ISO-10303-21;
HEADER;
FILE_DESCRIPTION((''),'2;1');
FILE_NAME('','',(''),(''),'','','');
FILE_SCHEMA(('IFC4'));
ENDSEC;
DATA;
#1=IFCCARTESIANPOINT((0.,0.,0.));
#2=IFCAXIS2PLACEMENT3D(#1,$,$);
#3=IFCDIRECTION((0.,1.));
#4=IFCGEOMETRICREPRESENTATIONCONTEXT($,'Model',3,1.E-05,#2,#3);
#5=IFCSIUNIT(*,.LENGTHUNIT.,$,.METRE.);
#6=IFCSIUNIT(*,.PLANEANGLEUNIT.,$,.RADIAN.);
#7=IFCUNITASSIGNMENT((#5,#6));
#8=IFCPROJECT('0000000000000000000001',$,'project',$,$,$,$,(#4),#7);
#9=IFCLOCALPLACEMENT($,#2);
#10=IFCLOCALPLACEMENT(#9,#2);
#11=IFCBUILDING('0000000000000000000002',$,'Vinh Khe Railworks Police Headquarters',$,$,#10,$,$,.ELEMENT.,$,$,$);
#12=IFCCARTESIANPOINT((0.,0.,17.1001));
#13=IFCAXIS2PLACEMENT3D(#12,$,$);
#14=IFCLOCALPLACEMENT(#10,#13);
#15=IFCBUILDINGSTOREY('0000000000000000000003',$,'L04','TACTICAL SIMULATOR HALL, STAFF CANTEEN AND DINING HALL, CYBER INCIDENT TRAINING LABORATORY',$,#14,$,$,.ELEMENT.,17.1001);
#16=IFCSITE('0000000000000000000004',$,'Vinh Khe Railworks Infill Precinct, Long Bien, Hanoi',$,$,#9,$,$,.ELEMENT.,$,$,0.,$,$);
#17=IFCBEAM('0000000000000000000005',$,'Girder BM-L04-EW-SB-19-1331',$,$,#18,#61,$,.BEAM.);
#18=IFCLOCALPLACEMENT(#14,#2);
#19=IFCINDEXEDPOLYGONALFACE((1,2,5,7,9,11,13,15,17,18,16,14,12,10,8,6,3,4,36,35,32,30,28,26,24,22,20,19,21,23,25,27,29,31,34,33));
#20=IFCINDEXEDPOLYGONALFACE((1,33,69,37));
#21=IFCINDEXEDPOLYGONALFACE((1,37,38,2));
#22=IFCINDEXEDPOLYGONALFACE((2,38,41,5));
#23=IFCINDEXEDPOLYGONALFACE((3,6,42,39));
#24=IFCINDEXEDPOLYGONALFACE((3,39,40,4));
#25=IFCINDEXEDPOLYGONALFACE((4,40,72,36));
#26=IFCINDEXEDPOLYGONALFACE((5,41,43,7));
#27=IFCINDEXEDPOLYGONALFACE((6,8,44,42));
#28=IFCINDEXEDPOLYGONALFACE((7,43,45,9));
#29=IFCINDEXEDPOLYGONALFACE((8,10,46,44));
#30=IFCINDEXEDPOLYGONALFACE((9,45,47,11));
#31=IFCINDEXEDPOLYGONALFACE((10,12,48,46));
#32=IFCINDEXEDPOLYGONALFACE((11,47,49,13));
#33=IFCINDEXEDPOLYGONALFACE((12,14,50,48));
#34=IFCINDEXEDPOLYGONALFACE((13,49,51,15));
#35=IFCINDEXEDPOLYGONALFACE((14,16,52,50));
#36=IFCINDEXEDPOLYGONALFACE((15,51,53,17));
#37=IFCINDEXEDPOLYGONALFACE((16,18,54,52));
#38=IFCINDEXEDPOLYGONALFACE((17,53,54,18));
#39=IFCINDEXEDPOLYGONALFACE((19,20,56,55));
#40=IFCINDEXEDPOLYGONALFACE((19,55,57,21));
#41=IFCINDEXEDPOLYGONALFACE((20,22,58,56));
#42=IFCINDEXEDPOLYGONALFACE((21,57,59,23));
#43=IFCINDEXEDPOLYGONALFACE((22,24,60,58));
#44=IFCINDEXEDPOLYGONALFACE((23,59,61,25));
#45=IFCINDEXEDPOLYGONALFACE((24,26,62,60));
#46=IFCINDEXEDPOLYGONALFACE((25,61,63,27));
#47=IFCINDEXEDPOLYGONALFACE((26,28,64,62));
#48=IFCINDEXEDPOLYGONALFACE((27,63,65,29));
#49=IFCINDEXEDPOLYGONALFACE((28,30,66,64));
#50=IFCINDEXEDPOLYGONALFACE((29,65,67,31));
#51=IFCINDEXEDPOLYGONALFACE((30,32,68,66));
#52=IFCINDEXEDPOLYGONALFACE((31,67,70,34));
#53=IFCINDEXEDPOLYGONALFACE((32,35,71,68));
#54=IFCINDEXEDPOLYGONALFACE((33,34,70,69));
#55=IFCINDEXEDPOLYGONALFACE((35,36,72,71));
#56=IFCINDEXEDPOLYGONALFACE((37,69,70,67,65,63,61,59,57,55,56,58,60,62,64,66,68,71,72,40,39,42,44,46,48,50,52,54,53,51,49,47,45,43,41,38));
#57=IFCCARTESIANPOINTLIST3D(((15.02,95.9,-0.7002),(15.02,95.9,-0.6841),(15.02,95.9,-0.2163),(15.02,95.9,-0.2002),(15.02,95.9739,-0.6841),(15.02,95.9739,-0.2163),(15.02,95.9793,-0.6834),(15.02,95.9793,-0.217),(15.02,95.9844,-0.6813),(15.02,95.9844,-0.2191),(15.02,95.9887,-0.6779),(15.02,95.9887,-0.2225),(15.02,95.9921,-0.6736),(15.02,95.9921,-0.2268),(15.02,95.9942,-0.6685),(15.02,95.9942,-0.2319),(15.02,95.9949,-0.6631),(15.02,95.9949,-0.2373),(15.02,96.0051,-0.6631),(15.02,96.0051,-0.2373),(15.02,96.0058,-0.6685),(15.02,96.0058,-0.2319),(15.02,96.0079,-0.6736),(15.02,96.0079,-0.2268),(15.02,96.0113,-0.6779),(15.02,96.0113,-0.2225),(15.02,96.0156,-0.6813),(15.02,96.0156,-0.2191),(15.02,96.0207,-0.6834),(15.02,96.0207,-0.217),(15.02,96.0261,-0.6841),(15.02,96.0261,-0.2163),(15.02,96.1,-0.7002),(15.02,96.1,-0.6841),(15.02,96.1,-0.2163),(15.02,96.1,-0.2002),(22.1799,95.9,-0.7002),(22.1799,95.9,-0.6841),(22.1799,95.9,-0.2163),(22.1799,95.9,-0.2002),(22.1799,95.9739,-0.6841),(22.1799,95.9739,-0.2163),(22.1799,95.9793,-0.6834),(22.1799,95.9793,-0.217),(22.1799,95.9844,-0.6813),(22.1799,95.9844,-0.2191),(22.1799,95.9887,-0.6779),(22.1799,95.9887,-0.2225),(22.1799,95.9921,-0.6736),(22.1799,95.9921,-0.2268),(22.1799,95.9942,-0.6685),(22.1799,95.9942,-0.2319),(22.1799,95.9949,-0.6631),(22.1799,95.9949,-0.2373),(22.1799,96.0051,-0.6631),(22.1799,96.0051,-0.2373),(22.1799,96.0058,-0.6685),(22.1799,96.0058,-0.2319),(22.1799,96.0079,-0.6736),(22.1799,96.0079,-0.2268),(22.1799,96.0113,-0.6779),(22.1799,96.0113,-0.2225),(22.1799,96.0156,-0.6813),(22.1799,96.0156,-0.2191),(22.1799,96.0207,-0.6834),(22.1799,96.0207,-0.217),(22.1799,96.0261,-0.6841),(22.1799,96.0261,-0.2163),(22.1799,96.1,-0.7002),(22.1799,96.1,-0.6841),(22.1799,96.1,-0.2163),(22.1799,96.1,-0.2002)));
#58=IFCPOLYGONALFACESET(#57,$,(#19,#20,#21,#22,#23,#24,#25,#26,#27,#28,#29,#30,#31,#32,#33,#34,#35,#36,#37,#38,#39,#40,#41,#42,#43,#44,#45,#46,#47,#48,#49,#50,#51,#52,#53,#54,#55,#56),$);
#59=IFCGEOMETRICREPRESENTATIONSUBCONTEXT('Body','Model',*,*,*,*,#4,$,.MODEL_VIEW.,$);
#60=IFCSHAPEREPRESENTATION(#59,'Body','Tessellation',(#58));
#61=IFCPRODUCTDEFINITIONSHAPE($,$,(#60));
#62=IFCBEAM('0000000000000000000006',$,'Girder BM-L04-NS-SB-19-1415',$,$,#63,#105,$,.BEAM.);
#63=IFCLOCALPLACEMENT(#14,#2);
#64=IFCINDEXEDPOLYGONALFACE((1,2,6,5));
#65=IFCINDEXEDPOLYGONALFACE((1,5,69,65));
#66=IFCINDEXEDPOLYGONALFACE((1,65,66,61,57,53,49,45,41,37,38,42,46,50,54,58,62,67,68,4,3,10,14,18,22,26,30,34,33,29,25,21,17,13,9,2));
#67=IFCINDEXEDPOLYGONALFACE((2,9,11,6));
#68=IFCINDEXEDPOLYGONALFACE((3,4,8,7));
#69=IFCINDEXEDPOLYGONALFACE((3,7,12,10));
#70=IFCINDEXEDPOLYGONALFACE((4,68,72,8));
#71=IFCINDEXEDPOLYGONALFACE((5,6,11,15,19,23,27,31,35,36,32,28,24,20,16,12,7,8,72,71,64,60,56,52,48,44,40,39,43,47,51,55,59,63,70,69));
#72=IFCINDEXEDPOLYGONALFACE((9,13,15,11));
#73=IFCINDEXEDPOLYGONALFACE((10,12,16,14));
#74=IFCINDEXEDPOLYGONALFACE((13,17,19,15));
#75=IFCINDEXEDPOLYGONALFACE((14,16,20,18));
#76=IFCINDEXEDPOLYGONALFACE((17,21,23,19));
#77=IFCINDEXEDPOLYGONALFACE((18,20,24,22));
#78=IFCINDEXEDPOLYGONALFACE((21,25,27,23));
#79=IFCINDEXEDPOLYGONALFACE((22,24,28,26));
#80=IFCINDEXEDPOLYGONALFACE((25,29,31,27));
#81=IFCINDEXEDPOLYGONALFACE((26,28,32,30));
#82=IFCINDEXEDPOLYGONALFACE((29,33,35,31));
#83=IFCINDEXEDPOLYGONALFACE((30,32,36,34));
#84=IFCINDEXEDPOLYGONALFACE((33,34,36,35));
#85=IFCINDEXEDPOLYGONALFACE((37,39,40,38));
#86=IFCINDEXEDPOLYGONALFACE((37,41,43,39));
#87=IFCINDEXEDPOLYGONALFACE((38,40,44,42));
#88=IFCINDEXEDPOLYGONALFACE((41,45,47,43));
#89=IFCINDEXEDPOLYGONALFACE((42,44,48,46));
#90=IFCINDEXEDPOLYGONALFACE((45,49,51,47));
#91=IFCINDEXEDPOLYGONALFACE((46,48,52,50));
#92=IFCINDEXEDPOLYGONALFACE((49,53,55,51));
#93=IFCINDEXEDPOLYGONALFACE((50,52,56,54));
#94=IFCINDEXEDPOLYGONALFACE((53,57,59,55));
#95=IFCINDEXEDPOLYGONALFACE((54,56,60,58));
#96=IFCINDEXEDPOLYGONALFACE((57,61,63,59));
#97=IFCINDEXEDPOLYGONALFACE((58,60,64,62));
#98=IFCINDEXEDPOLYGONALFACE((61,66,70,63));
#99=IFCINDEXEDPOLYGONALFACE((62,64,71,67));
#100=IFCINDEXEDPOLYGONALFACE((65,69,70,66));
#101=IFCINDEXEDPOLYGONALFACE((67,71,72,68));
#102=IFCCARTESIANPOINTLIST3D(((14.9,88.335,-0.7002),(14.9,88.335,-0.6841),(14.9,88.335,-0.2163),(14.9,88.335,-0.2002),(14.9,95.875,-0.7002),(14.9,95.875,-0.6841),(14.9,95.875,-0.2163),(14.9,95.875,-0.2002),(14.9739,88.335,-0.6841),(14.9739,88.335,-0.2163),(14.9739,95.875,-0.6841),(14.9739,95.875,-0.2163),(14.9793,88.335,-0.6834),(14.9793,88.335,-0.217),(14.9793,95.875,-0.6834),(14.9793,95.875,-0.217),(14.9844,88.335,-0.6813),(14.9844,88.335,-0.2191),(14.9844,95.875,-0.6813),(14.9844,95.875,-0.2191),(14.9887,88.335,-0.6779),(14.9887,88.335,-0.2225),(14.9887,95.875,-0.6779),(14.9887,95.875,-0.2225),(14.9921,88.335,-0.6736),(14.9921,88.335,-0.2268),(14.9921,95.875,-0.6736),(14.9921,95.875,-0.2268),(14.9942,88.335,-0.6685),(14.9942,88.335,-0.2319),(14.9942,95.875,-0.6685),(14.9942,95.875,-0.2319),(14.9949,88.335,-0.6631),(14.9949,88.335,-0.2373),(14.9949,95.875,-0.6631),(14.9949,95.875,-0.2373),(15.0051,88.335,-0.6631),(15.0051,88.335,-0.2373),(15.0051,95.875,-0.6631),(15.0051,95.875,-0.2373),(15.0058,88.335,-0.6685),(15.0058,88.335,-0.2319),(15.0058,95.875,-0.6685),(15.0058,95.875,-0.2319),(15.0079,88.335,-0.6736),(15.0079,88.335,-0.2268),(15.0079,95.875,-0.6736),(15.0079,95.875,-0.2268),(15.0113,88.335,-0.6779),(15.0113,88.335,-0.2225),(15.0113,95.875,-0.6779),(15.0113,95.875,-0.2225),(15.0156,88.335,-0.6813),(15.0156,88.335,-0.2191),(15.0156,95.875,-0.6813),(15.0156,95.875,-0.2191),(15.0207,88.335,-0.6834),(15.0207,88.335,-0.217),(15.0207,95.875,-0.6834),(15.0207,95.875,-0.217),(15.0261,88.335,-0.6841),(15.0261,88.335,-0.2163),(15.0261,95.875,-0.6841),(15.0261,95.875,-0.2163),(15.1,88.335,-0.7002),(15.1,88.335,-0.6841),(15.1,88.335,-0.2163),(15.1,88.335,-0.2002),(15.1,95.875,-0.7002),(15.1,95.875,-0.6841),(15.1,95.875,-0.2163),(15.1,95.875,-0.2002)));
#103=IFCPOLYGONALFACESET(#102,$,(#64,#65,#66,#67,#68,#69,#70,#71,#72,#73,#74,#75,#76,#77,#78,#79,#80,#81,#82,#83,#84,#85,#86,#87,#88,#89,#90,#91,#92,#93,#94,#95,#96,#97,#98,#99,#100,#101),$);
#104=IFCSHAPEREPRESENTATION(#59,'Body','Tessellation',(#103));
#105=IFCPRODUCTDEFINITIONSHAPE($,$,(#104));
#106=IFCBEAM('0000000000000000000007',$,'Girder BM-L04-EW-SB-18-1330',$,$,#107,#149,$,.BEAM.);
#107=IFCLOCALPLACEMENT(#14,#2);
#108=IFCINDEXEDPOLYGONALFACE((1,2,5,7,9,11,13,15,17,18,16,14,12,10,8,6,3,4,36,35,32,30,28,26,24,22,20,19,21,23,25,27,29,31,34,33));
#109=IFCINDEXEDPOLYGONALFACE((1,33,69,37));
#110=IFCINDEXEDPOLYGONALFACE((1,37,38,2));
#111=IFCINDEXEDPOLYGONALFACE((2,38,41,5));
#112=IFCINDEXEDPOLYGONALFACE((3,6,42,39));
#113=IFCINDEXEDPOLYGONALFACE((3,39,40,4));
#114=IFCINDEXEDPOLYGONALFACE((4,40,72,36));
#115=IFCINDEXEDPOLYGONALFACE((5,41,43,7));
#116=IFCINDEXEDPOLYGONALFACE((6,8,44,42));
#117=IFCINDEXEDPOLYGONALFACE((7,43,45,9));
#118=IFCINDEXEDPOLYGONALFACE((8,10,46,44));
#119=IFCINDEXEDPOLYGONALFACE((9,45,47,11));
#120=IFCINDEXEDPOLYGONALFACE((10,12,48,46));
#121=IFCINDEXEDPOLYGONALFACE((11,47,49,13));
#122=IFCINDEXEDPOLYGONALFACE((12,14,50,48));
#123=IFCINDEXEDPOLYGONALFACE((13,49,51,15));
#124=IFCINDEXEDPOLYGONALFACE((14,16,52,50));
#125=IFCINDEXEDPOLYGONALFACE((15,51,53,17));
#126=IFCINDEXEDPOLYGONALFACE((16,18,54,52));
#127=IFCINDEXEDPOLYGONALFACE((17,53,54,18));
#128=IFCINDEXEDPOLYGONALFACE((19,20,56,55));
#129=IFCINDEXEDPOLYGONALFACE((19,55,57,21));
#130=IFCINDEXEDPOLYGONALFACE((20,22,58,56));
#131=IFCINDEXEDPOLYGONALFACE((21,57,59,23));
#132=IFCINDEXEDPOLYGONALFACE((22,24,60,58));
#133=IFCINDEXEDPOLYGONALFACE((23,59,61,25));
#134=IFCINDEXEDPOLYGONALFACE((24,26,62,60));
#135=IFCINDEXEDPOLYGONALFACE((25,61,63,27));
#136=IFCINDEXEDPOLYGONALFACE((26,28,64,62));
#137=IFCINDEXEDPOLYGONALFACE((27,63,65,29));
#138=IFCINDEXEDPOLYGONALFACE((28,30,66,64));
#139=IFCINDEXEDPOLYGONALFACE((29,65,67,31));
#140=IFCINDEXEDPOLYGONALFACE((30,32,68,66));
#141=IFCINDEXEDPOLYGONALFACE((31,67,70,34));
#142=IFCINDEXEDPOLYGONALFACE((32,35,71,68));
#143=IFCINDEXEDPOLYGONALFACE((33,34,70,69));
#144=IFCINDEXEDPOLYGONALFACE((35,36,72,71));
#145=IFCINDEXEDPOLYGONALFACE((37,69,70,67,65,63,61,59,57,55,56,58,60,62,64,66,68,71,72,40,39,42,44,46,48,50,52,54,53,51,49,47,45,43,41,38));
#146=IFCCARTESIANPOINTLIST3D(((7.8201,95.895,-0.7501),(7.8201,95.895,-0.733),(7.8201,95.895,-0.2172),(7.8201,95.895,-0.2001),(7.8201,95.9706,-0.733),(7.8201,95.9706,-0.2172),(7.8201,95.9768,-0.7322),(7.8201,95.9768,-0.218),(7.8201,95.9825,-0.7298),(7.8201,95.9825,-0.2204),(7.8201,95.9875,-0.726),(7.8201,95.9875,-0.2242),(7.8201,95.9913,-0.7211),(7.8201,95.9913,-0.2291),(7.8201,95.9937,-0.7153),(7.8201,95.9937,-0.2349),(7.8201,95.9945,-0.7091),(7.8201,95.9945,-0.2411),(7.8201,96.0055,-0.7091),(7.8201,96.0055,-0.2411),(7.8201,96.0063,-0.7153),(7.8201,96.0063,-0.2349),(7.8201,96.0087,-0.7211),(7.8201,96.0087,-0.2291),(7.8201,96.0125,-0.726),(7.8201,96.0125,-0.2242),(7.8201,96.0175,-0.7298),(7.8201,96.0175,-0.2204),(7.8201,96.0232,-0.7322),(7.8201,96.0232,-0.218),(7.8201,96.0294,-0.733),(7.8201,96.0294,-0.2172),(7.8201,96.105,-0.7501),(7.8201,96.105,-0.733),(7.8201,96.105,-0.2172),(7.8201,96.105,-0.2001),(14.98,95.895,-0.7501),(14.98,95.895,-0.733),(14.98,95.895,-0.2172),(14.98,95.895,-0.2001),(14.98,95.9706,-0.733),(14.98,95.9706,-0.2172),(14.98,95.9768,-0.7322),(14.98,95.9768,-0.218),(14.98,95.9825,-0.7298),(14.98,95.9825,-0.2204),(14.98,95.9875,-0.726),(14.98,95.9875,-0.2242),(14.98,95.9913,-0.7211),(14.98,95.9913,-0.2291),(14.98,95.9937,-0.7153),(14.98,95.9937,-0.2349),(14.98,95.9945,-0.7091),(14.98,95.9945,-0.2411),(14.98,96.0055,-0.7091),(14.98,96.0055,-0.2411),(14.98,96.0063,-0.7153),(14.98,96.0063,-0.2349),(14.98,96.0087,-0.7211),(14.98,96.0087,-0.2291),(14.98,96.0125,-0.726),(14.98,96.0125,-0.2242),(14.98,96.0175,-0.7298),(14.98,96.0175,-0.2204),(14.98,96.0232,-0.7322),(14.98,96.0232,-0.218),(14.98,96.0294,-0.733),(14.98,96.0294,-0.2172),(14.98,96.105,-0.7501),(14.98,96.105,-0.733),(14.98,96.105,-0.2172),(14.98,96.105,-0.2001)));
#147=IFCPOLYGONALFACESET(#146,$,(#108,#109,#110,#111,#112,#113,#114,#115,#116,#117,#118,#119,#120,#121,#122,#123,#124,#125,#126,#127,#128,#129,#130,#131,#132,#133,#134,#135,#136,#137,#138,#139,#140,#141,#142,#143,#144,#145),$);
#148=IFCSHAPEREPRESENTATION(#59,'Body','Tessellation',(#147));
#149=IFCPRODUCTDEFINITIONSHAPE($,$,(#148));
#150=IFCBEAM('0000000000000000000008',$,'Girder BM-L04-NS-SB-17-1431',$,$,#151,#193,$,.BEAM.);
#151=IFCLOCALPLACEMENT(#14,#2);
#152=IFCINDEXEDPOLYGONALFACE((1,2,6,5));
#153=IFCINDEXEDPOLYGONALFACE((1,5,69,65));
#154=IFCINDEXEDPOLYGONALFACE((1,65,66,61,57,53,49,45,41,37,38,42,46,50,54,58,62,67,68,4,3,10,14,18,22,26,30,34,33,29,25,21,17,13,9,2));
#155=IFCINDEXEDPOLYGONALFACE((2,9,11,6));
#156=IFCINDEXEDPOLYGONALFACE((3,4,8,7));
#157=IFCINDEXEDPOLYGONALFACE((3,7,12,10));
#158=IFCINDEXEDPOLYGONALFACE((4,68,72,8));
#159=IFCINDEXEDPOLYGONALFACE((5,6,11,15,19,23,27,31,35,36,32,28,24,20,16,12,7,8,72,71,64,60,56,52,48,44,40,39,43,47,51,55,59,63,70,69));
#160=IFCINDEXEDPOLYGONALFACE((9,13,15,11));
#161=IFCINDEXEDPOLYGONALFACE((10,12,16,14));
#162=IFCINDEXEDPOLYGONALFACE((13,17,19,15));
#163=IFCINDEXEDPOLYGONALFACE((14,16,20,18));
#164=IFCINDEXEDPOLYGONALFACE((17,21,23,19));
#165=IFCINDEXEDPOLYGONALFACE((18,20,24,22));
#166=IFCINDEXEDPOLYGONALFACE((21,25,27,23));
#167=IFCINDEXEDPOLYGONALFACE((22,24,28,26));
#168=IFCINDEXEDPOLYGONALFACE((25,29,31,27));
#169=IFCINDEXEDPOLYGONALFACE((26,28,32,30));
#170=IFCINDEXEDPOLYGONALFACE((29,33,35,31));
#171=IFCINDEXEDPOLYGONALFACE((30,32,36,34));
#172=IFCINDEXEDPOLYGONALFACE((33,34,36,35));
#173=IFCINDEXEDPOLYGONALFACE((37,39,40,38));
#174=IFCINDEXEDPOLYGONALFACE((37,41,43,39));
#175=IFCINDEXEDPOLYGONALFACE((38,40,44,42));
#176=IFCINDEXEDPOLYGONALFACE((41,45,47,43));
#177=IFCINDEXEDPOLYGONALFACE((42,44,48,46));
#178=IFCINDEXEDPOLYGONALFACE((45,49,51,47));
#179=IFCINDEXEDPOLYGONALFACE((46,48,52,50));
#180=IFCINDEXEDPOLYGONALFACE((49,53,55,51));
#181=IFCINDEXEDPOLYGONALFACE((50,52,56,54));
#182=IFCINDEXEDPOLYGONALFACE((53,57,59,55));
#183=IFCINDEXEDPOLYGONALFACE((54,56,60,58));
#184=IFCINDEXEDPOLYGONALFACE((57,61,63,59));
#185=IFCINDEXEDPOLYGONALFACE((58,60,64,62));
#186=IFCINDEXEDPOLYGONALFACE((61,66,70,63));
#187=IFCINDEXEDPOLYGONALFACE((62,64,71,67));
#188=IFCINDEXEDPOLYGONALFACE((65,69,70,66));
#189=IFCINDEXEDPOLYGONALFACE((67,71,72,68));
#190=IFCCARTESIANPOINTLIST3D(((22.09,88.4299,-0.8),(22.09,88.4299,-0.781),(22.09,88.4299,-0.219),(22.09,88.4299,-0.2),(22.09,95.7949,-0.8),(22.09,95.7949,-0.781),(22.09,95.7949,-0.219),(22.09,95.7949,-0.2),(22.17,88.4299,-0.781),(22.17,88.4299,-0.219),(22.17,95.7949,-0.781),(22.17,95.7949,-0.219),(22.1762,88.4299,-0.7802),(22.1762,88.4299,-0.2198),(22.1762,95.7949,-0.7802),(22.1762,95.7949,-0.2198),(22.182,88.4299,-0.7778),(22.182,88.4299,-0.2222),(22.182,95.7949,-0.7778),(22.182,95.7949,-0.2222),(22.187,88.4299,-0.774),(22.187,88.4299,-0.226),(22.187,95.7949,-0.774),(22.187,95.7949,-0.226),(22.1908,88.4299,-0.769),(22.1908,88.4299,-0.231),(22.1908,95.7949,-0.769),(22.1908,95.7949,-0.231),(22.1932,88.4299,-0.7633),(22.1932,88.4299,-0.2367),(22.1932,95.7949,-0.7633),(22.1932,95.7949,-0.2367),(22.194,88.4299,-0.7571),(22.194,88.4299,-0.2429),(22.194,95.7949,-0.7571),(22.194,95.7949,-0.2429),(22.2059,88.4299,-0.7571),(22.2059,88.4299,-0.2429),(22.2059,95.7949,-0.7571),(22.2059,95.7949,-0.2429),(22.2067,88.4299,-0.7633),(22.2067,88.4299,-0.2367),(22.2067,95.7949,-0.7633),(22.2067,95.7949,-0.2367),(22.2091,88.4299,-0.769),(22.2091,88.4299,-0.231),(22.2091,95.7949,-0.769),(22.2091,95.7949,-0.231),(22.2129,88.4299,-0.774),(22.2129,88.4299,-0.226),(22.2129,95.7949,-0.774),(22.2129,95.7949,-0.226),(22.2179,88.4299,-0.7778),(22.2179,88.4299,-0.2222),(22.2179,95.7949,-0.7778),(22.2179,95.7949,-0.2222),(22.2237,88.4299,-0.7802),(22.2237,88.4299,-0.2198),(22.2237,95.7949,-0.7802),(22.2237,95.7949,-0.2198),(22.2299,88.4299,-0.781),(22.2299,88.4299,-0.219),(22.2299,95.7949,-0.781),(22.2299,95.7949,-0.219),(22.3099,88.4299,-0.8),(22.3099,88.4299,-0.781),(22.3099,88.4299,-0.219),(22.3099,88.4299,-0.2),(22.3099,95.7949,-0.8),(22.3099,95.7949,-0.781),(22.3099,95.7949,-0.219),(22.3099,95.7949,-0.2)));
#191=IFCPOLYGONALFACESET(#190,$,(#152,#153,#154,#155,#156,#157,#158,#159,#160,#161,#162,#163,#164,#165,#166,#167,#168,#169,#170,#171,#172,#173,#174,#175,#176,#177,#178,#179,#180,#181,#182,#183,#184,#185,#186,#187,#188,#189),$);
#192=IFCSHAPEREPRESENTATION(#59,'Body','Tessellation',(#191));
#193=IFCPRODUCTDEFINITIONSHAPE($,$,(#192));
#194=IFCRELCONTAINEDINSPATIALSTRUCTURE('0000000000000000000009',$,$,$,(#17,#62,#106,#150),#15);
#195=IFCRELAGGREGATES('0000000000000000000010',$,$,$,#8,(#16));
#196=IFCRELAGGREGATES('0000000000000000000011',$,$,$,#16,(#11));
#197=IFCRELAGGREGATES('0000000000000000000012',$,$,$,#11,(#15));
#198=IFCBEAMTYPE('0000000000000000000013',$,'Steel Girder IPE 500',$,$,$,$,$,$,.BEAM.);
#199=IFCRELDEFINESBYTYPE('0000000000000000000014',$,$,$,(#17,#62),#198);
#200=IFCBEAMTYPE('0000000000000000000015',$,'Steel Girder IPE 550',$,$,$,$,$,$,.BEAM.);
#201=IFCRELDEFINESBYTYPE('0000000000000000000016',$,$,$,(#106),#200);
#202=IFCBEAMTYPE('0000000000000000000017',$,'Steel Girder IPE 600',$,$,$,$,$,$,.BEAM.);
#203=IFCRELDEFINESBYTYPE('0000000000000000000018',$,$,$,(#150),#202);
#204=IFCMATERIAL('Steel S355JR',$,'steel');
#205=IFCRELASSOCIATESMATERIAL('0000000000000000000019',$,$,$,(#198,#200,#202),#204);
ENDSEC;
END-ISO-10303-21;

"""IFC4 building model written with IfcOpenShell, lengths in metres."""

from ifc_helpers import new_model, si_unit, direction, frame, origin, origin_2d, place, context, subcontext, project, spatial, i_section, extrude, material, material_profile, profile_set, type_object, element, save


model = new_model("IFC4")

# Units and contexts
model_context = context("Model", 3, precision=1e-05, world=origin(), true_north=direction((0.0, 1.0)))
body_context = subcontext(model_context, "Body", "Model", "MODEL_VIEW")
ifc_project = project(units=[si_unit("LENGTHUNIT", "METRE"), si_unit("PLANEANGLEUNIT", "RADIAN")], contexts=[model_context])

# Site, building, storey
site_placement = place(None, origin())
site = spatial("IfcSite", under=ifc_project, at=site_placement, Name="Vinh Khe Railworks Infill Precinct, Long Bien, Hanoi", CompositionType="ELEMENT", RefElevation=0.0)
building_placement = place(site_placement, origin())
building = spatial("IfcBuilding", under=site, at=building_placement, Name="Vinh Khe Railworks Police Headquarters", CompositionType="ELEMENT")
storey_placement = place(building_placement, frame((0.0, 0.0, 17.1001)))
storey = spatial("IfcBuildingStorey", under=building, at=storey_placement, Name="L04", Description="TACTICAL SIMULATOR HALL, STAFF CANTEEN AND DINING HALL, CYBER INCIDENT TRAINING LABORATORY", CompositionType="ELEMENT", Elevation=17.1001)

# Shared definitions
ifc_material_1 = material(Name="Steel S355JR", Category="steel")

# Beams
ifc_material_profile_1 = material_profile(ifc_material_1, i_section(OverallWidth=0.2, OverallDepth=0.5, WebThickness=0.0103, FlangeThickness=0.0161, FilletRadius=0.021, at=origin_2d()), Name="IPE 500")
ifc_profile_set_1 = profile_set([ifc_material_profile_1], Name="Steel S355JR")
beam_type_1 = type_object("IfcBeamType", Name="Steel Girder IPE 500", PredefinedType="BEAM", material=ifc_profile_set_1)
beam_1_placement = place(storey_placement, frame((15.02, 96.0, -0.4502), z_axis=(1.0, 0.0, 0.0), x_axis=(0.0, 1.0, 0.0)))
element("IfcBeam", 1, at=beam_1_placement, inside=storey, type_object=beam_type_1, Name="Girder BM-L04-EW-SB-19-1331", PredefinedType="BEAM", context=body_context, shape_type="SweptSolid", body=[
    extrude(i_section(OverallWidth=0.2, OverallDepth=0.5, WebThickness=0.0103, FlangeThickness=0.0161, FilletRadius=0.021, at=origin_2d()), origin(), (0.0, 0.0, 1.0), 7.1599),
])
beam_2_placement = place(storey_placement, frame((15.0, 88.335, -0.4502), z_axis=(0.0, 1.0, 0.0), x_axis=(-1.0, 0.0, 0.0)))
element("IfcBeam", 2, at=beam_2_placement, inside=storey, type_object=beam_type_1, Name="Girder BM-L04-NS-SB-19-1415", PredefinedType="BEAM", context=body_context, shape_type="SweptSolid", body=[
    extrude(i_section(OverallWidth=0.2, OverallDepth=0.5, WebThickness=0.0103, FlangeThickness=0.0161, FilletRadius=0.021, at=origin_2d()), origin(), (0.0, 0.0, 1.0), 7.54),
])
ifc_material_profile_2 = material_profile(ifc_material_1, i_section(OverallWidth=0.21, OverallDepth=0.55, WebThickness=0.011, FlangeThickness=0.0171, FilletRadius=0.0239, at=origin_2d()), Name="IPE 550")
ifc_profile_set_2 = profile_set([ifc_material_profile_2], Name="Steel S355JR")
beam_type_2 = type_object("IfcBeamType", Name="Steel Girder IPE 550", PredefinedType="BEAM", material=ifc_profile_set_2)
beam_3_placement = place(storey_placement, frame((7.8201, 96.0, -0.4751), z_axis=(1.0, 0.0, 0.0), x_axis=(0.0, 1.0, 0.0)))
element("IfcBeam", 3, at=beam_3_placement, inside=storey, type_object=beam_type_2, Name="Girder BM-L04-EW-SB-18-1330", PredefinedType="BEAM", context=body_context, shape_type="SweptSolid", body=[
    extrude(i_section(OverallWidth=0.21, OverallDepth=0.55, WebThickness=0.011, FlangeThickness=0.0171, FilletRadius=0.0239, at=origin_2d()), origin(), (0.0, 0.0, 1.0), 7.1599),
])
ifc_material_profile_3 = material_profile(ifc_material_1, i_section(OverallWidth=0.22, OverallDepth=0.6001, WebThickness=0.012, FlangeThickness=0.019, FilletRadius=0.0239, at=origin_2d()), Name="IPE 600")
ifc_profile_set_3 = profile_set([ifc_material_profile_3], Name="Steel S355JR")
beam_type_3 = type_object("IfcBeamType", Name="Steel Girder IPE 600", PredefinedType="BEAM", material=ifc_profile_set_3)
beam_4_placement = place(storey_placement, frame((22.2, 88.4299, -0.5), z_axis=(0.0, 1.0, 0.0), x_axis=(-1.0, 0.0, 0.0)))
element("IfcBeam", 4, at=beam_4_placement, inside=storey, type_object=beam_type_3, Name="Girder BM-L04-NS-SB-17-1431", PredefinedType="BEAM", context=body_context, shape_type="SweptSolid", body=[
    extrude(i_section(OverallWidth=0.22, OverallDepth=0.6001, WebThickness=0.012, FlangeThickness=0.019, FilletRadius=0.0239, at=origin_2d()), origin(), (0.0, 0.0, 1.0), 7.365),
])

save(model, "model.ifc")
